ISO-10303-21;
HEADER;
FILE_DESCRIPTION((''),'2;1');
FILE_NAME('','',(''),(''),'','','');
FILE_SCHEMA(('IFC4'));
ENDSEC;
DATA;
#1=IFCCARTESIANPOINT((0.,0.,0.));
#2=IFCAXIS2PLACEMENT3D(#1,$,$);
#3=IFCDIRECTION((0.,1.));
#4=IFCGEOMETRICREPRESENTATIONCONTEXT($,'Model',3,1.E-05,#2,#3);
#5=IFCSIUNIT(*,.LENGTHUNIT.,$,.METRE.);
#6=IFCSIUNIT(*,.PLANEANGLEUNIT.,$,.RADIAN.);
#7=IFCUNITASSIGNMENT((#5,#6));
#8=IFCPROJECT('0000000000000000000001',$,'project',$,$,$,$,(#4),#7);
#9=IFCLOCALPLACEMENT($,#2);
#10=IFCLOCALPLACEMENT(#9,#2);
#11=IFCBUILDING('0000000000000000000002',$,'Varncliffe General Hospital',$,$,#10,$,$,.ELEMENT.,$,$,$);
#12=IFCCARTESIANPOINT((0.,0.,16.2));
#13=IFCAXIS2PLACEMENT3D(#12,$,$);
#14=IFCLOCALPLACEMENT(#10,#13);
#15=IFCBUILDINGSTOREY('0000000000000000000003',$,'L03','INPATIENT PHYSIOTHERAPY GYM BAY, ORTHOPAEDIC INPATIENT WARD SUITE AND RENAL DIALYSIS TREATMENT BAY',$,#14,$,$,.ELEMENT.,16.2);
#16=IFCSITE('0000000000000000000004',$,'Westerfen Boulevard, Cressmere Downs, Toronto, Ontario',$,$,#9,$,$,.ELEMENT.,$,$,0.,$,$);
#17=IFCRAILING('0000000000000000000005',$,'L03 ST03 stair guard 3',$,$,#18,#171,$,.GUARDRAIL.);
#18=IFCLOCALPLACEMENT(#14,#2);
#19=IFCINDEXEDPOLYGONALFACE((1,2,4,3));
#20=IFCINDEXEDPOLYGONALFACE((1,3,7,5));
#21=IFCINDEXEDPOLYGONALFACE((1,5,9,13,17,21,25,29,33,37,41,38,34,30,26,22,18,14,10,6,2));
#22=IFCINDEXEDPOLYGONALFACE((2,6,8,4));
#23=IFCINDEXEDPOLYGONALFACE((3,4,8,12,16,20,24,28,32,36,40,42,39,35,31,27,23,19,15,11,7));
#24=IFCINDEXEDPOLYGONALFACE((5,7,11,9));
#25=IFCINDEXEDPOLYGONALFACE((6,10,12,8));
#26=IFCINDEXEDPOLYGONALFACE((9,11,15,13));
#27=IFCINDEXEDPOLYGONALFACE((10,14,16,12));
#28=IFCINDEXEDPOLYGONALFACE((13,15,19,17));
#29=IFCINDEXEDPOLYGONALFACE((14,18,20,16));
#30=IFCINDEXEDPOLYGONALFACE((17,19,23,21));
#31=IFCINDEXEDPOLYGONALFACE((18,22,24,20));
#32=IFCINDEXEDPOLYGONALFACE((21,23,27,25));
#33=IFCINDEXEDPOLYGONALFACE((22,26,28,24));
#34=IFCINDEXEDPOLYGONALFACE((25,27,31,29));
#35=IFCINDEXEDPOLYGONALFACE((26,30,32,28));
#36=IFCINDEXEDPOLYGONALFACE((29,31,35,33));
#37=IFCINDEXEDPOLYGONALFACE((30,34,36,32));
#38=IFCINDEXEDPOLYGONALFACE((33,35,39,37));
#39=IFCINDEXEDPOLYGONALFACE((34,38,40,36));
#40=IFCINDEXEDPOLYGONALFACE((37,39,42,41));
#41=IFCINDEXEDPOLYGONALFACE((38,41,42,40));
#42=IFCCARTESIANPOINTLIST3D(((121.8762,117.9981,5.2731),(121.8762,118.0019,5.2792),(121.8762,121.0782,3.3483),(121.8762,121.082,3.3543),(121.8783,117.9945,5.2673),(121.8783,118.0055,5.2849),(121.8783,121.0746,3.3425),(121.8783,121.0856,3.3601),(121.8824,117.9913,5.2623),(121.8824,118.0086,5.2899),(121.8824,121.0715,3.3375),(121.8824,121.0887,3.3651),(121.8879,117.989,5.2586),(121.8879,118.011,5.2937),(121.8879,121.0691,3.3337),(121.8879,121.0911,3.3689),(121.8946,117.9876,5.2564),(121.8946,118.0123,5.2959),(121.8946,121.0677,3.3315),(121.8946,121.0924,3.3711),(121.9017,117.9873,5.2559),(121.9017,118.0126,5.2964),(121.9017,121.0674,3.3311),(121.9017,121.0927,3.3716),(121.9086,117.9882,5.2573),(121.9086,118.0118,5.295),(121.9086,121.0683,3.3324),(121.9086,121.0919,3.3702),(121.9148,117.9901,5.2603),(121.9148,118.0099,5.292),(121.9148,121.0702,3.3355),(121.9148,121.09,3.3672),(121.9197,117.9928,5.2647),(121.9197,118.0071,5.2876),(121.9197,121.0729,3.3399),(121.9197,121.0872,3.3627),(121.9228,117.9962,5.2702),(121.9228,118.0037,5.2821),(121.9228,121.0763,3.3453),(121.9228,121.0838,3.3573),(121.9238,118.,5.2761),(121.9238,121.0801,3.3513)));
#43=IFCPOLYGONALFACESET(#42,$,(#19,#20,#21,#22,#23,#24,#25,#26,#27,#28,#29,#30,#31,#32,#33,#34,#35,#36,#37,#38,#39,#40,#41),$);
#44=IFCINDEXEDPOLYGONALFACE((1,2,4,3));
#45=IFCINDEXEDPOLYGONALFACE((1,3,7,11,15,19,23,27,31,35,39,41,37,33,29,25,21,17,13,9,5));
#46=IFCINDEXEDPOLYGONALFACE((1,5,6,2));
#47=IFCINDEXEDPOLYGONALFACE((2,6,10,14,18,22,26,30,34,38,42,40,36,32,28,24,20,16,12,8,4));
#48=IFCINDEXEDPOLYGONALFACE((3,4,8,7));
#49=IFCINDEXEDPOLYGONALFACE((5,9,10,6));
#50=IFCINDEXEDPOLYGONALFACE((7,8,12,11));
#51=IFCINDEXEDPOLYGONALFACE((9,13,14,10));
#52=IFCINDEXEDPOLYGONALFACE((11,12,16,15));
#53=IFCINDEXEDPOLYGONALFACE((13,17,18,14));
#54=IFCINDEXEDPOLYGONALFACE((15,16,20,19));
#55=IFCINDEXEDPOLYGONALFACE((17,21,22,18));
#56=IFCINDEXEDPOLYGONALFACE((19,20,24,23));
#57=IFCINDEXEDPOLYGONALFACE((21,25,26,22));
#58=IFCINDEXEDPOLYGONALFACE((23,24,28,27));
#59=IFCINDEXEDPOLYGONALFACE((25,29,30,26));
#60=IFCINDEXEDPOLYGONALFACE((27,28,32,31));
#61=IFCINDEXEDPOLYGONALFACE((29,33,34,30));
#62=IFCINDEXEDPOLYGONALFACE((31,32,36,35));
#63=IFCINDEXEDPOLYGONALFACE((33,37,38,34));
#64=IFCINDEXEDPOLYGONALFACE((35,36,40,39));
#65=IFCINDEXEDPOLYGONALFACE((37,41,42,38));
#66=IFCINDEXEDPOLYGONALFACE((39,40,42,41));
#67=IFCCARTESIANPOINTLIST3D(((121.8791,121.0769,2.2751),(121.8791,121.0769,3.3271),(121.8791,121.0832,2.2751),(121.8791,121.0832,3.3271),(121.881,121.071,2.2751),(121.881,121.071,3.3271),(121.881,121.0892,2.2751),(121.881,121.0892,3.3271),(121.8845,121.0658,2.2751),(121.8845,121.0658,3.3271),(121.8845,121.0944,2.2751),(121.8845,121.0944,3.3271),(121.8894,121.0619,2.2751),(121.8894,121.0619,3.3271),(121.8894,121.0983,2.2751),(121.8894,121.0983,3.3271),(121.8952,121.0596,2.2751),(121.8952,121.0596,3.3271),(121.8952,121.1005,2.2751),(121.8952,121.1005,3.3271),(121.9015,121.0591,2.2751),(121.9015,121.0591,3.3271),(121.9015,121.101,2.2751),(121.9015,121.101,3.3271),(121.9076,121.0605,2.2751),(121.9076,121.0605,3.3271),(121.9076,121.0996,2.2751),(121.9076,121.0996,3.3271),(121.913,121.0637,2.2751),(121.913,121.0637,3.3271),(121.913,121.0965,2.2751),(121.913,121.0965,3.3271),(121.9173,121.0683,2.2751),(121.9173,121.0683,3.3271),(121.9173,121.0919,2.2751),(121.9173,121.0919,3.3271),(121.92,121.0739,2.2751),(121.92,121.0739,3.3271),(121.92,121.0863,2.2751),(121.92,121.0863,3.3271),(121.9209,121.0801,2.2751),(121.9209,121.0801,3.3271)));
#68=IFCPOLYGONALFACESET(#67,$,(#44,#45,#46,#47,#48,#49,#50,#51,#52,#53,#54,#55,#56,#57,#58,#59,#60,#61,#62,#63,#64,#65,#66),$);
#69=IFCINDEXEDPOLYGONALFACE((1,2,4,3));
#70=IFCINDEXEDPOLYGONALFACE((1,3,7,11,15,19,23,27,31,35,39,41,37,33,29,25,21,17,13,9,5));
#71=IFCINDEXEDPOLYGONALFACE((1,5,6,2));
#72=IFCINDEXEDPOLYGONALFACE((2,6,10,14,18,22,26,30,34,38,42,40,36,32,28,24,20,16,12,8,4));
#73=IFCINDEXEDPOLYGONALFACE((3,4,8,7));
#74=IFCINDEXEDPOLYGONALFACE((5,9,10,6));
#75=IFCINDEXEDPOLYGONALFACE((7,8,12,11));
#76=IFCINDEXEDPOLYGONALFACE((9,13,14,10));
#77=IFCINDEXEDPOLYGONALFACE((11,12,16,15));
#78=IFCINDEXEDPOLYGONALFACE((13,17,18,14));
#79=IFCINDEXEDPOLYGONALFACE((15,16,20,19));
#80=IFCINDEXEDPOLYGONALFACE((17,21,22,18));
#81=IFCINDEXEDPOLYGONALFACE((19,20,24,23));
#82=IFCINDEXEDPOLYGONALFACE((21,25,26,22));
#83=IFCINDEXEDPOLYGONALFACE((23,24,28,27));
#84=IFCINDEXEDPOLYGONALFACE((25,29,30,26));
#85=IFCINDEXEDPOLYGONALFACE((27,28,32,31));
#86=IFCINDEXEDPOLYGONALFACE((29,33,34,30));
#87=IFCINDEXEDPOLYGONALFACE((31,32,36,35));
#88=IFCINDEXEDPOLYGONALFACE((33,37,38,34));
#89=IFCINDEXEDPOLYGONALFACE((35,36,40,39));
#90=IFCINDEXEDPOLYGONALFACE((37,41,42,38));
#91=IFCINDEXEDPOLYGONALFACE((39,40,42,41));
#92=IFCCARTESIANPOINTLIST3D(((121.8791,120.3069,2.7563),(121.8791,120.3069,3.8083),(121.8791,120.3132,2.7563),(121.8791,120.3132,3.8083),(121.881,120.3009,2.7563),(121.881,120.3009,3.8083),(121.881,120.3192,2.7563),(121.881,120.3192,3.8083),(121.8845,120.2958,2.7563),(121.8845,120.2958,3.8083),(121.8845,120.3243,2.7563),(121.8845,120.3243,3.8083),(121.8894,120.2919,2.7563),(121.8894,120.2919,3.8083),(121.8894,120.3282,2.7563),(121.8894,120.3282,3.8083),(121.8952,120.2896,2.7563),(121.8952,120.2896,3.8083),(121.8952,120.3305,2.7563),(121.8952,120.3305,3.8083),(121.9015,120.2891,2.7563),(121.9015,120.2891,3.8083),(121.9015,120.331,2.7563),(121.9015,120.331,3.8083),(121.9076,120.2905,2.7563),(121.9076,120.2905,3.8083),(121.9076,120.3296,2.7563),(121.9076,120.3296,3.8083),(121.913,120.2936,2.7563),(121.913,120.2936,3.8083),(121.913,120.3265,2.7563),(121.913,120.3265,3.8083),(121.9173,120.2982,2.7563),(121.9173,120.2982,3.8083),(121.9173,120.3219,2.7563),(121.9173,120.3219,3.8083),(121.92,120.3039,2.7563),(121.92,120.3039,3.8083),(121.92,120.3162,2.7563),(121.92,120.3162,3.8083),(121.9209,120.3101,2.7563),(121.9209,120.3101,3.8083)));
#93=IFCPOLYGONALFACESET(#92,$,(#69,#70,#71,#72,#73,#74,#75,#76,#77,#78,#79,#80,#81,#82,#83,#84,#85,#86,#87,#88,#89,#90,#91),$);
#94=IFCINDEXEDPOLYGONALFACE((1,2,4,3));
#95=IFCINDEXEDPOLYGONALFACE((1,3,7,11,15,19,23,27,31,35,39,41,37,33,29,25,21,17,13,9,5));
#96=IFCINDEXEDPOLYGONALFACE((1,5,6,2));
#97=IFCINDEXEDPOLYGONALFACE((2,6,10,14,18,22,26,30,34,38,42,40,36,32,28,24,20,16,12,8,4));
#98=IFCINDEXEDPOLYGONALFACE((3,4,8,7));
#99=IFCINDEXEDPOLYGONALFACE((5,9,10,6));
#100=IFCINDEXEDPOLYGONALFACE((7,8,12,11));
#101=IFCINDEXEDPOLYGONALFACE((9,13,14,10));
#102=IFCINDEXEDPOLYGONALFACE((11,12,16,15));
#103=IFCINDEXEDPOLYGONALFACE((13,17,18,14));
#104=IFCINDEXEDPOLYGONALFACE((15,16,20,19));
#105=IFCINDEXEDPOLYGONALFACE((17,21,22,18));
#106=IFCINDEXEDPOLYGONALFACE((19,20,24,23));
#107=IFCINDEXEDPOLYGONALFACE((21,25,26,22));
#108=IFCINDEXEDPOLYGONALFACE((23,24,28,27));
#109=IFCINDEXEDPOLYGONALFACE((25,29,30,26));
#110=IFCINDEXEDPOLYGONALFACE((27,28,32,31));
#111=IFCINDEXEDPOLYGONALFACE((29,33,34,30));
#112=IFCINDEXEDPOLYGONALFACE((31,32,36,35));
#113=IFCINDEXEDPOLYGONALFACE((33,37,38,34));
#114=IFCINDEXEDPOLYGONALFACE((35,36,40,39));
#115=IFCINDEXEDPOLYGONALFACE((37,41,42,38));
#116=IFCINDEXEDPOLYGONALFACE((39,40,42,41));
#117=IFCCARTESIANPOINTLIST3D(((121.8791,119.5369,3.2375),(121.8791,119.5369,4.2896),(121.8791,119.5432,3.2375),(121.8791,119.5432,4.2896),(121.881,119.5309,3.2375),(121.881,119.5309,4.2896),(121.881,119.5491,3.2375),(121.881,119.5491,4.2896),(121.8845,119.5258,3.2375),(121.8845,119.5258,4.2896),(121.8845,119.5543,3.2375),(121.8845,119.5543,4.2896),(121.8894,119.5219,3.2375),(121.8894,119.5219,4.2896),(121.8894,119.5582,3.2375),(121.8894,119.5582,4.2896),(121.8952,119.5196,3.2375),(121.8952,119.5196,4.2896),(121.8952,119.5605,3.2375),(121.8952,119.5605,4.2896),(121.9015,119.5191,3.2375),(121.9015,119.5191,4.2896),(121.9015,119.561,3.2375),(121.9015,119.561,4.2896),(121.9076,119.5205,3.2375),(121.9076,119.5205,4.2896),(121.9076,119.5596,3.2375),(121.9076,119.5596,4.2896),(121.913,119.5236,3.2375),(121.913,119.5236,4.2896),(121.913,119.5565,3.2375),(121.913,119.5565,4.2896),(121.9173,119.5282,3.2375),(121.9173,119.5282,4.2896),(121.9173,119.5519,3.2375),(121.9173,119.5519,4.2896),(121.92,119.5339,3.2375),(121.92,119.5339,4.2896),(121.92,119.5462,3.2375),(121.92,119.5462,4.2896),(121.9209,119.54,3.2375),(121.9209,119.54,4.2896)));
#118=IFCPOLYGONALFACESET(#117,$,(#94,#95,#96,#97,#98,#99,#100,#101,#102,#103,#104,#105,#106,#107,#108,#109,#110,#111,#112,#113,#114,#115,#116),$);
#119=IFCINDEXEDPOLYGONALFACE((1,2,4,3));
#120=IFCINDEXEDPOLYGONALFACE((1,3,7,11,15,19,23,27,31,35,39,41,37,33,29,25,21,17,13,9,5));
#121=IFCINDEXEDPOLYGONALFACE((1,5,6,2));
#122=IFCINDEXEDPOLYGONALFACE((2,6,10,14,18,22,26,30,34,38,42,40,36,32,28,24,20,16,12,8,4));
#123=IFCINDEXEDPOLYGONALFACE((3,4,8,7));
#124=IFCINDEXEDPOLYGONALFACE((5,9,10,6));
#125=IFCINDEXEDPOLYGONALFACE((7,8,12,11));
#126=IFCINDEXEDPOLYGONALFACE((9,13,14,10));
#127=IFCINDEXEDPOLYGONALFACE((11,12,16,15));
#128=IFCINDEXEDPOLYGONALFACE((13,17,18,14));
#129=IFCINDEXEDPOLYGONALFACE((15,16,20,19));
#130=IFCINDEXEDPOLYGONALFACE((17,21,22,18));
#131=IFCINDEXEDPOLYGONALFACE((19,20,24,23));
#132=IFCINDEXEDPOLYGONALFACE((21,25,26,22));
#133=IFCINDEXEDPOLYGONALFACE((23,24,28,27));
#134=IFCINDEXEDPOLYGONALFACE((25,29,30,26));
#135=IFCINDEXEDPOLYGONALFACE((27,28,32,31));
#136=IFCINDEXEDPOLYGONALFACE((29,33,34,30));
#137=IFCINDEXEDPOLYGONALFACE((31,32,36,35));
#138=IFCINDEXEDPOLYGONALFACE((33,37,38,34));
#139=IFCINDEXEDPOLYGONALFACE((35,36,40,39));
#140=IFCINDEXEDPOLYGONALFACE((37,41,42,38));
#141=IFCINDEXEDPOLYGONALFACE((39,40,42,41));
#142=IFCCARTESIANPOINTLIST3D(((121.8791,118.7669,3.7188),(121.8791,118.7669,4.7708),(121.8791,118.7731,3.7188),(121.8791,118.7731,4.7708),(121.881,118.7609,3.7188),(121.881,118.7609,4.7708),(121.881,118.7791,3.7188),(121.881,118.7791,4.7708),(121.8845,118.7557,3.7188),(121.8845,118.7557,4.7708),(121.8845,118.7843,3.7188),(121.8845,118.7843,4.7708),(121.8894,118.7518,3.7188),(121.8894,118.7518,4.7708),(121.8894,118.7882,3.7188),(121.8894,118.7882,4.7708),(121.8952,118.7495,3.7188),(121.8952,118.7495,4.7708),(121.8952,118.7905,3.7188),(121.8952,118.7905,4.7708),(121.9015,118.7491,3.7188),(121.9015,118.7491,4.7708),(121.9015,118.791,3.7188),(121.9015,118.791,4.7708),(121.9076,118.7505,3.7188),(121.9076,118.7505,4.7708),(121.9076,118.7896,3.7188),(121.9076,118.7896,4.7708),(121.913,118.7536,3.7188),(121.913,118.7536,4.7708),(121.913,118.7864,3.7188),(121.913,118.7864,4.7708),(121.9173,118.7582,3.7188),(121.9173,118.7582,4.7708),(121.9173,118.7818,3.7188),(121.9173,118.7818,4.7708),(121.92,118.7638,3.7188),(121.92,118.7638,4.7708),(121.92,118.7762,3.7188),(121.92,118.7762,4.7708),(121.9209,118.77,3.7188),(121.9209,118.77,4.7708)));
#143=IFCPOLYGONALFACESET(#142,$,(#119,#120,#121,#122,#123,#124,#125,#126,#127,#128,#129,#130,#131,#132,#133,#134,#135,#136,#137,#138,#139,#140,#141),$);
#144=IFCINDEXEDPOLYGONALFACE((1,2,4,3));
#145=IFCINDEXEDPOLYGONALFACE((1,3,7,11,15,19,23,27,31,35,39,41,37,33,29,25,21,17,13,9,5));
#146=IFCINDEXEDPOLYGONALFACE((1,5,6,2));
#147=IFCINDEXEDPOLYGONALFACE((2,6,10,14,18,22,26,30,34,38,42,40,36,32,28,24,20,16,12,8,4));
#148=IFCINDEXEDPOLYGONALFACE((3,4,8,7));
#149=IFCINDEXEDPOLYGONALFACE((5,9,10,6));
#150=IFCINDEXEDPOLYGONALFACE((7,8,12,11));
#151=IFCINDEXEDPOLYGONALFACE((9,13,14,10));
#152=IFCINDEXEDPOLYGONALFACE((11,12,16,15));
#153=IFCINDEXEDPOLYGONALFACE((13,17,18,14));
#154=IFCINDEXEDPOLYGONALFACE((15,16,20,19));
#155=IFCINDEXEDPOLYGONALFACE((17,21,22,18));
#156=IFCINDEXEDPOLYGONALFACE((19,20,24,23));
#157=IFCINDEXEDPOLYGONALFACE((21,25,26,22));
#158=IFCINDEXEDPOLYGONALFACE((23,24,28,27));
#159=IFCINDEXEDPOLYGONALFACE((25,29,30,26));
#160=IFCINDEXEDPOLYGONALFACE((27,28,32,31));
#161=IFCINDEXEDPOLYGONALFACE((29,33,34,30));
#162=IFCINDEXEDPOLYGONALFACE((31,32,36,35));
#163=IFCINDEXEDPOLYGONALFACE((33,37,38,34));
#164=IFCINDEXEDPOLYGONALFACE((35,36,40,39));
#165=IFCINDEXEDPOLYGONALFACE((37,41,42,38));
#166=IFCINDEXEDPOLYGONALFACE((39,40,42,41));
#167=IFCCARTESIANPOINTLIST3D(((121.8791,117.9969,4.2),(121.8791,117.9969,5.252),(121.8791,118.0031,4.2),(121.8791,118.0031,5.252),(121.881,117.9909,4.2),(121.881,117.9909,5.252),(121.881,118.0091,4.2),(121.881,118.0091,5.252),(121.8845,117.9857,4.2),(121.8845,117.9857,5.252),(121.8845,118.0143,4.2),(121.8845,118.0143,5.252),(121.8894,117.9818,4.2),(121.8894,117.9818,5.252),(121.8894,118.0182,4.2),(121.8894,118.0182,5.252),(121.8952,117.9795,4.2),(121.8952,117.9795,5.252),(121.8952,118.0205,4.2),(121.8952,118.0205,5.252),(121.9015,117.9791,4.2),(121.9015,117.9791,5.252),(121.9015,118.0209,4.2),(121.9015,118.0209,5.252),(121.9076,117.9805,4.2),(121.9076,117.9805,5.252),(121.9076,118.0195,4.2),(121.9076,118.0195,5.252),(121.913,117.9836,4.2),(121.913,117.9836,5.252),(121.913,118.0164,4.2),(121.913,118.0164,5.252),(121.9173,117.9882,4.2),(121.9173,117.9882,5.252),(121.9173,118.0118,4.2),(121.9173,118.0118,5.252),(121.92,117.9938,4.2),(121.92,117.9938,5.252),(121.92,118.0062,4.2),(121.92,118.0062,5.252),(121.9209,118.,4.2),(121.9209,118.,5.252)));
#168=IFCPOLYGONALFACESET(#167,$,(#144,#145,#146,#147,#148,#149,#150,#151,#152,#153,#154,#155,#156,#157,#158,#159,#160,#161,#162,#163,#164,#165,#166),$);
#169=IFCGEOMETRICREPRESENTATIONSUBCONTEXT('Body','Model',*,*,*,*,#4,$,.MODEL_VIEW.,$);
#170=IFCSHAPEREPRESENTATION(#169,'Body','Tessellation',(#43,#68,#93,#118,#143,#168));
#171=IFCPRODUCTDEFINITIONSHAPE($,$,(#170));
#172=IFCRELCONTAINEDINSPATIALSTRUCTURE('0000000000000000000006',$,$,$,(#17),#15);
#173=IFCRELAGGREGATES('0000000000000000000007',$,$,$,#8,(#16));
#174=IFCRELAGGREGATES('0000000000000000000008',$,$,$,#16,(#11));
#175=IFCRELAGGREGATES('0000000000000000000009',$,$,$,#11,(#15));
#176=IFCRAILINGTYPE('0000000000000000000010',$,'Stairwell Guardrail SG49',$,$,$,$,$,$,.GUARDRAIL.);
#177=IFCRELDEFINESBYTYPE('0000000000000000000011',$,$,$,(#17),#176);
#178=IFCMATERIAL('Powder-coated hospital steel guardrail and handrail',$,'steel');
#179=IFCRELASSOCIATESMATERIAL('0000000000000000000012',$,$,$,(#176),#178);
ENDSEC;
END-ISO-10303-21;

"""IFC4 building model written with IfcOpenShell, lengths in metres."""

from ifc_helpers import new_model, si_unit, direction, frame, origin, origin_2d, place, context, subcontext, project, spatial, circle, extrude, material, type_object, element, save


model = new_model("IFC4")

# Units and contexts
model_context = context("Model", 3, precision=1e-05, world=origin(), true_north=direction((0.0, 1.0)))
body_context = subcontext(model_context, "Body", "Model", "MODEL_VIEW")
ifc_project = project(units=[si_unit("LENGTHUNIT", "METRE"), si_unit("PLANEANGLEUNIT", "RADIAN")], contexts=[model_context])

# Site, building, storey
site_placement = place(None, origin())
site = spatial("IfcSite", under=ifc_project, at=site_placement, Name="Westerfen Boulevard, Cressmere Downs, Toronto, Ontario", CompositionType="ELEMENT", RefElevation=0.0)
building_placement = place(site_placement, origin())
building = spatial("IfcBuilding", under=site, at=building_placement, Name="Varncliffe General Hospital", CompositionType="ELEMENT")
storey_placement = place(building_placement, frame((0.0, 0.0, 16.2)))
storey = spatial("IfcBuildingStorey", under=building, at=storey_placement, Name="L03", Description="INPATIENT PHYSIOTHERAPY GYM BAY, ORTHOPAEDIC INPATIENT WARD SUITE AND RENAL DIALYSIS TREATMENT BAY", CompositionType="ELEMENT", Elevation=16.2)

# Railing
ifc_material_1 = material(Name="Powder-coated hospital steel guardrail and handrail", Category="steel")
railing_type_1 = type_object("IfcRailingType", Name="Stairwell Guardrail SG49", PredefinedType="GUARDRAIL", material=ifc_material_1)
railing_1_placement = place(storey_placement, frame((121.8999, 121.0801, 2.2751)))
element("IfcRailing", 1, at=railing_1_placement, inside=storey, type_object=railing_type_1, Name="L03 ST03 stair guard 3", PredefinedType="GUARDRAIL", context=body_context, shape_type="SweptSolid", body=[
    extrude(circle(Radius=0.0239, at=origin_2d()), frame((0.0, 0.0, 1.0762), z_axis=(0.0, -0.848029, 0.529951), x_axis=(1.0, 0.0, 0.0)), (0.0, 0.0, 1.0), 3.6321),
    extrude(circle(Radius=0.021, at=origin_2d()), origin(), (0.0, 0.0, 1.0), 1.052),
    extrude(circle(Radius=0.021, at=origin_2d()), frame((0.0, -0.77, 0.4812)), (0.0, 0.0, 1.0), 1.052),
    extrude(circle(Radius=0.021, at=origin_2d()), frame((0.0, -1.54, 0.9624)), (0.0, 0.0, 1.0), 1.052),
    extrude(circle(Radius=0.021, at=origin_2d()), frame((0.0, -2.3101, 1.4436)), (0.0, 0.0, 1.0), 1.052),
    extrude(circle(Radius=0.021, at=origin_2d()), frame((0.0, -3.0801, 1.9248)), (0.0, 0.0, 1.0), 1.052),
])

save(model, "model.ifc")
